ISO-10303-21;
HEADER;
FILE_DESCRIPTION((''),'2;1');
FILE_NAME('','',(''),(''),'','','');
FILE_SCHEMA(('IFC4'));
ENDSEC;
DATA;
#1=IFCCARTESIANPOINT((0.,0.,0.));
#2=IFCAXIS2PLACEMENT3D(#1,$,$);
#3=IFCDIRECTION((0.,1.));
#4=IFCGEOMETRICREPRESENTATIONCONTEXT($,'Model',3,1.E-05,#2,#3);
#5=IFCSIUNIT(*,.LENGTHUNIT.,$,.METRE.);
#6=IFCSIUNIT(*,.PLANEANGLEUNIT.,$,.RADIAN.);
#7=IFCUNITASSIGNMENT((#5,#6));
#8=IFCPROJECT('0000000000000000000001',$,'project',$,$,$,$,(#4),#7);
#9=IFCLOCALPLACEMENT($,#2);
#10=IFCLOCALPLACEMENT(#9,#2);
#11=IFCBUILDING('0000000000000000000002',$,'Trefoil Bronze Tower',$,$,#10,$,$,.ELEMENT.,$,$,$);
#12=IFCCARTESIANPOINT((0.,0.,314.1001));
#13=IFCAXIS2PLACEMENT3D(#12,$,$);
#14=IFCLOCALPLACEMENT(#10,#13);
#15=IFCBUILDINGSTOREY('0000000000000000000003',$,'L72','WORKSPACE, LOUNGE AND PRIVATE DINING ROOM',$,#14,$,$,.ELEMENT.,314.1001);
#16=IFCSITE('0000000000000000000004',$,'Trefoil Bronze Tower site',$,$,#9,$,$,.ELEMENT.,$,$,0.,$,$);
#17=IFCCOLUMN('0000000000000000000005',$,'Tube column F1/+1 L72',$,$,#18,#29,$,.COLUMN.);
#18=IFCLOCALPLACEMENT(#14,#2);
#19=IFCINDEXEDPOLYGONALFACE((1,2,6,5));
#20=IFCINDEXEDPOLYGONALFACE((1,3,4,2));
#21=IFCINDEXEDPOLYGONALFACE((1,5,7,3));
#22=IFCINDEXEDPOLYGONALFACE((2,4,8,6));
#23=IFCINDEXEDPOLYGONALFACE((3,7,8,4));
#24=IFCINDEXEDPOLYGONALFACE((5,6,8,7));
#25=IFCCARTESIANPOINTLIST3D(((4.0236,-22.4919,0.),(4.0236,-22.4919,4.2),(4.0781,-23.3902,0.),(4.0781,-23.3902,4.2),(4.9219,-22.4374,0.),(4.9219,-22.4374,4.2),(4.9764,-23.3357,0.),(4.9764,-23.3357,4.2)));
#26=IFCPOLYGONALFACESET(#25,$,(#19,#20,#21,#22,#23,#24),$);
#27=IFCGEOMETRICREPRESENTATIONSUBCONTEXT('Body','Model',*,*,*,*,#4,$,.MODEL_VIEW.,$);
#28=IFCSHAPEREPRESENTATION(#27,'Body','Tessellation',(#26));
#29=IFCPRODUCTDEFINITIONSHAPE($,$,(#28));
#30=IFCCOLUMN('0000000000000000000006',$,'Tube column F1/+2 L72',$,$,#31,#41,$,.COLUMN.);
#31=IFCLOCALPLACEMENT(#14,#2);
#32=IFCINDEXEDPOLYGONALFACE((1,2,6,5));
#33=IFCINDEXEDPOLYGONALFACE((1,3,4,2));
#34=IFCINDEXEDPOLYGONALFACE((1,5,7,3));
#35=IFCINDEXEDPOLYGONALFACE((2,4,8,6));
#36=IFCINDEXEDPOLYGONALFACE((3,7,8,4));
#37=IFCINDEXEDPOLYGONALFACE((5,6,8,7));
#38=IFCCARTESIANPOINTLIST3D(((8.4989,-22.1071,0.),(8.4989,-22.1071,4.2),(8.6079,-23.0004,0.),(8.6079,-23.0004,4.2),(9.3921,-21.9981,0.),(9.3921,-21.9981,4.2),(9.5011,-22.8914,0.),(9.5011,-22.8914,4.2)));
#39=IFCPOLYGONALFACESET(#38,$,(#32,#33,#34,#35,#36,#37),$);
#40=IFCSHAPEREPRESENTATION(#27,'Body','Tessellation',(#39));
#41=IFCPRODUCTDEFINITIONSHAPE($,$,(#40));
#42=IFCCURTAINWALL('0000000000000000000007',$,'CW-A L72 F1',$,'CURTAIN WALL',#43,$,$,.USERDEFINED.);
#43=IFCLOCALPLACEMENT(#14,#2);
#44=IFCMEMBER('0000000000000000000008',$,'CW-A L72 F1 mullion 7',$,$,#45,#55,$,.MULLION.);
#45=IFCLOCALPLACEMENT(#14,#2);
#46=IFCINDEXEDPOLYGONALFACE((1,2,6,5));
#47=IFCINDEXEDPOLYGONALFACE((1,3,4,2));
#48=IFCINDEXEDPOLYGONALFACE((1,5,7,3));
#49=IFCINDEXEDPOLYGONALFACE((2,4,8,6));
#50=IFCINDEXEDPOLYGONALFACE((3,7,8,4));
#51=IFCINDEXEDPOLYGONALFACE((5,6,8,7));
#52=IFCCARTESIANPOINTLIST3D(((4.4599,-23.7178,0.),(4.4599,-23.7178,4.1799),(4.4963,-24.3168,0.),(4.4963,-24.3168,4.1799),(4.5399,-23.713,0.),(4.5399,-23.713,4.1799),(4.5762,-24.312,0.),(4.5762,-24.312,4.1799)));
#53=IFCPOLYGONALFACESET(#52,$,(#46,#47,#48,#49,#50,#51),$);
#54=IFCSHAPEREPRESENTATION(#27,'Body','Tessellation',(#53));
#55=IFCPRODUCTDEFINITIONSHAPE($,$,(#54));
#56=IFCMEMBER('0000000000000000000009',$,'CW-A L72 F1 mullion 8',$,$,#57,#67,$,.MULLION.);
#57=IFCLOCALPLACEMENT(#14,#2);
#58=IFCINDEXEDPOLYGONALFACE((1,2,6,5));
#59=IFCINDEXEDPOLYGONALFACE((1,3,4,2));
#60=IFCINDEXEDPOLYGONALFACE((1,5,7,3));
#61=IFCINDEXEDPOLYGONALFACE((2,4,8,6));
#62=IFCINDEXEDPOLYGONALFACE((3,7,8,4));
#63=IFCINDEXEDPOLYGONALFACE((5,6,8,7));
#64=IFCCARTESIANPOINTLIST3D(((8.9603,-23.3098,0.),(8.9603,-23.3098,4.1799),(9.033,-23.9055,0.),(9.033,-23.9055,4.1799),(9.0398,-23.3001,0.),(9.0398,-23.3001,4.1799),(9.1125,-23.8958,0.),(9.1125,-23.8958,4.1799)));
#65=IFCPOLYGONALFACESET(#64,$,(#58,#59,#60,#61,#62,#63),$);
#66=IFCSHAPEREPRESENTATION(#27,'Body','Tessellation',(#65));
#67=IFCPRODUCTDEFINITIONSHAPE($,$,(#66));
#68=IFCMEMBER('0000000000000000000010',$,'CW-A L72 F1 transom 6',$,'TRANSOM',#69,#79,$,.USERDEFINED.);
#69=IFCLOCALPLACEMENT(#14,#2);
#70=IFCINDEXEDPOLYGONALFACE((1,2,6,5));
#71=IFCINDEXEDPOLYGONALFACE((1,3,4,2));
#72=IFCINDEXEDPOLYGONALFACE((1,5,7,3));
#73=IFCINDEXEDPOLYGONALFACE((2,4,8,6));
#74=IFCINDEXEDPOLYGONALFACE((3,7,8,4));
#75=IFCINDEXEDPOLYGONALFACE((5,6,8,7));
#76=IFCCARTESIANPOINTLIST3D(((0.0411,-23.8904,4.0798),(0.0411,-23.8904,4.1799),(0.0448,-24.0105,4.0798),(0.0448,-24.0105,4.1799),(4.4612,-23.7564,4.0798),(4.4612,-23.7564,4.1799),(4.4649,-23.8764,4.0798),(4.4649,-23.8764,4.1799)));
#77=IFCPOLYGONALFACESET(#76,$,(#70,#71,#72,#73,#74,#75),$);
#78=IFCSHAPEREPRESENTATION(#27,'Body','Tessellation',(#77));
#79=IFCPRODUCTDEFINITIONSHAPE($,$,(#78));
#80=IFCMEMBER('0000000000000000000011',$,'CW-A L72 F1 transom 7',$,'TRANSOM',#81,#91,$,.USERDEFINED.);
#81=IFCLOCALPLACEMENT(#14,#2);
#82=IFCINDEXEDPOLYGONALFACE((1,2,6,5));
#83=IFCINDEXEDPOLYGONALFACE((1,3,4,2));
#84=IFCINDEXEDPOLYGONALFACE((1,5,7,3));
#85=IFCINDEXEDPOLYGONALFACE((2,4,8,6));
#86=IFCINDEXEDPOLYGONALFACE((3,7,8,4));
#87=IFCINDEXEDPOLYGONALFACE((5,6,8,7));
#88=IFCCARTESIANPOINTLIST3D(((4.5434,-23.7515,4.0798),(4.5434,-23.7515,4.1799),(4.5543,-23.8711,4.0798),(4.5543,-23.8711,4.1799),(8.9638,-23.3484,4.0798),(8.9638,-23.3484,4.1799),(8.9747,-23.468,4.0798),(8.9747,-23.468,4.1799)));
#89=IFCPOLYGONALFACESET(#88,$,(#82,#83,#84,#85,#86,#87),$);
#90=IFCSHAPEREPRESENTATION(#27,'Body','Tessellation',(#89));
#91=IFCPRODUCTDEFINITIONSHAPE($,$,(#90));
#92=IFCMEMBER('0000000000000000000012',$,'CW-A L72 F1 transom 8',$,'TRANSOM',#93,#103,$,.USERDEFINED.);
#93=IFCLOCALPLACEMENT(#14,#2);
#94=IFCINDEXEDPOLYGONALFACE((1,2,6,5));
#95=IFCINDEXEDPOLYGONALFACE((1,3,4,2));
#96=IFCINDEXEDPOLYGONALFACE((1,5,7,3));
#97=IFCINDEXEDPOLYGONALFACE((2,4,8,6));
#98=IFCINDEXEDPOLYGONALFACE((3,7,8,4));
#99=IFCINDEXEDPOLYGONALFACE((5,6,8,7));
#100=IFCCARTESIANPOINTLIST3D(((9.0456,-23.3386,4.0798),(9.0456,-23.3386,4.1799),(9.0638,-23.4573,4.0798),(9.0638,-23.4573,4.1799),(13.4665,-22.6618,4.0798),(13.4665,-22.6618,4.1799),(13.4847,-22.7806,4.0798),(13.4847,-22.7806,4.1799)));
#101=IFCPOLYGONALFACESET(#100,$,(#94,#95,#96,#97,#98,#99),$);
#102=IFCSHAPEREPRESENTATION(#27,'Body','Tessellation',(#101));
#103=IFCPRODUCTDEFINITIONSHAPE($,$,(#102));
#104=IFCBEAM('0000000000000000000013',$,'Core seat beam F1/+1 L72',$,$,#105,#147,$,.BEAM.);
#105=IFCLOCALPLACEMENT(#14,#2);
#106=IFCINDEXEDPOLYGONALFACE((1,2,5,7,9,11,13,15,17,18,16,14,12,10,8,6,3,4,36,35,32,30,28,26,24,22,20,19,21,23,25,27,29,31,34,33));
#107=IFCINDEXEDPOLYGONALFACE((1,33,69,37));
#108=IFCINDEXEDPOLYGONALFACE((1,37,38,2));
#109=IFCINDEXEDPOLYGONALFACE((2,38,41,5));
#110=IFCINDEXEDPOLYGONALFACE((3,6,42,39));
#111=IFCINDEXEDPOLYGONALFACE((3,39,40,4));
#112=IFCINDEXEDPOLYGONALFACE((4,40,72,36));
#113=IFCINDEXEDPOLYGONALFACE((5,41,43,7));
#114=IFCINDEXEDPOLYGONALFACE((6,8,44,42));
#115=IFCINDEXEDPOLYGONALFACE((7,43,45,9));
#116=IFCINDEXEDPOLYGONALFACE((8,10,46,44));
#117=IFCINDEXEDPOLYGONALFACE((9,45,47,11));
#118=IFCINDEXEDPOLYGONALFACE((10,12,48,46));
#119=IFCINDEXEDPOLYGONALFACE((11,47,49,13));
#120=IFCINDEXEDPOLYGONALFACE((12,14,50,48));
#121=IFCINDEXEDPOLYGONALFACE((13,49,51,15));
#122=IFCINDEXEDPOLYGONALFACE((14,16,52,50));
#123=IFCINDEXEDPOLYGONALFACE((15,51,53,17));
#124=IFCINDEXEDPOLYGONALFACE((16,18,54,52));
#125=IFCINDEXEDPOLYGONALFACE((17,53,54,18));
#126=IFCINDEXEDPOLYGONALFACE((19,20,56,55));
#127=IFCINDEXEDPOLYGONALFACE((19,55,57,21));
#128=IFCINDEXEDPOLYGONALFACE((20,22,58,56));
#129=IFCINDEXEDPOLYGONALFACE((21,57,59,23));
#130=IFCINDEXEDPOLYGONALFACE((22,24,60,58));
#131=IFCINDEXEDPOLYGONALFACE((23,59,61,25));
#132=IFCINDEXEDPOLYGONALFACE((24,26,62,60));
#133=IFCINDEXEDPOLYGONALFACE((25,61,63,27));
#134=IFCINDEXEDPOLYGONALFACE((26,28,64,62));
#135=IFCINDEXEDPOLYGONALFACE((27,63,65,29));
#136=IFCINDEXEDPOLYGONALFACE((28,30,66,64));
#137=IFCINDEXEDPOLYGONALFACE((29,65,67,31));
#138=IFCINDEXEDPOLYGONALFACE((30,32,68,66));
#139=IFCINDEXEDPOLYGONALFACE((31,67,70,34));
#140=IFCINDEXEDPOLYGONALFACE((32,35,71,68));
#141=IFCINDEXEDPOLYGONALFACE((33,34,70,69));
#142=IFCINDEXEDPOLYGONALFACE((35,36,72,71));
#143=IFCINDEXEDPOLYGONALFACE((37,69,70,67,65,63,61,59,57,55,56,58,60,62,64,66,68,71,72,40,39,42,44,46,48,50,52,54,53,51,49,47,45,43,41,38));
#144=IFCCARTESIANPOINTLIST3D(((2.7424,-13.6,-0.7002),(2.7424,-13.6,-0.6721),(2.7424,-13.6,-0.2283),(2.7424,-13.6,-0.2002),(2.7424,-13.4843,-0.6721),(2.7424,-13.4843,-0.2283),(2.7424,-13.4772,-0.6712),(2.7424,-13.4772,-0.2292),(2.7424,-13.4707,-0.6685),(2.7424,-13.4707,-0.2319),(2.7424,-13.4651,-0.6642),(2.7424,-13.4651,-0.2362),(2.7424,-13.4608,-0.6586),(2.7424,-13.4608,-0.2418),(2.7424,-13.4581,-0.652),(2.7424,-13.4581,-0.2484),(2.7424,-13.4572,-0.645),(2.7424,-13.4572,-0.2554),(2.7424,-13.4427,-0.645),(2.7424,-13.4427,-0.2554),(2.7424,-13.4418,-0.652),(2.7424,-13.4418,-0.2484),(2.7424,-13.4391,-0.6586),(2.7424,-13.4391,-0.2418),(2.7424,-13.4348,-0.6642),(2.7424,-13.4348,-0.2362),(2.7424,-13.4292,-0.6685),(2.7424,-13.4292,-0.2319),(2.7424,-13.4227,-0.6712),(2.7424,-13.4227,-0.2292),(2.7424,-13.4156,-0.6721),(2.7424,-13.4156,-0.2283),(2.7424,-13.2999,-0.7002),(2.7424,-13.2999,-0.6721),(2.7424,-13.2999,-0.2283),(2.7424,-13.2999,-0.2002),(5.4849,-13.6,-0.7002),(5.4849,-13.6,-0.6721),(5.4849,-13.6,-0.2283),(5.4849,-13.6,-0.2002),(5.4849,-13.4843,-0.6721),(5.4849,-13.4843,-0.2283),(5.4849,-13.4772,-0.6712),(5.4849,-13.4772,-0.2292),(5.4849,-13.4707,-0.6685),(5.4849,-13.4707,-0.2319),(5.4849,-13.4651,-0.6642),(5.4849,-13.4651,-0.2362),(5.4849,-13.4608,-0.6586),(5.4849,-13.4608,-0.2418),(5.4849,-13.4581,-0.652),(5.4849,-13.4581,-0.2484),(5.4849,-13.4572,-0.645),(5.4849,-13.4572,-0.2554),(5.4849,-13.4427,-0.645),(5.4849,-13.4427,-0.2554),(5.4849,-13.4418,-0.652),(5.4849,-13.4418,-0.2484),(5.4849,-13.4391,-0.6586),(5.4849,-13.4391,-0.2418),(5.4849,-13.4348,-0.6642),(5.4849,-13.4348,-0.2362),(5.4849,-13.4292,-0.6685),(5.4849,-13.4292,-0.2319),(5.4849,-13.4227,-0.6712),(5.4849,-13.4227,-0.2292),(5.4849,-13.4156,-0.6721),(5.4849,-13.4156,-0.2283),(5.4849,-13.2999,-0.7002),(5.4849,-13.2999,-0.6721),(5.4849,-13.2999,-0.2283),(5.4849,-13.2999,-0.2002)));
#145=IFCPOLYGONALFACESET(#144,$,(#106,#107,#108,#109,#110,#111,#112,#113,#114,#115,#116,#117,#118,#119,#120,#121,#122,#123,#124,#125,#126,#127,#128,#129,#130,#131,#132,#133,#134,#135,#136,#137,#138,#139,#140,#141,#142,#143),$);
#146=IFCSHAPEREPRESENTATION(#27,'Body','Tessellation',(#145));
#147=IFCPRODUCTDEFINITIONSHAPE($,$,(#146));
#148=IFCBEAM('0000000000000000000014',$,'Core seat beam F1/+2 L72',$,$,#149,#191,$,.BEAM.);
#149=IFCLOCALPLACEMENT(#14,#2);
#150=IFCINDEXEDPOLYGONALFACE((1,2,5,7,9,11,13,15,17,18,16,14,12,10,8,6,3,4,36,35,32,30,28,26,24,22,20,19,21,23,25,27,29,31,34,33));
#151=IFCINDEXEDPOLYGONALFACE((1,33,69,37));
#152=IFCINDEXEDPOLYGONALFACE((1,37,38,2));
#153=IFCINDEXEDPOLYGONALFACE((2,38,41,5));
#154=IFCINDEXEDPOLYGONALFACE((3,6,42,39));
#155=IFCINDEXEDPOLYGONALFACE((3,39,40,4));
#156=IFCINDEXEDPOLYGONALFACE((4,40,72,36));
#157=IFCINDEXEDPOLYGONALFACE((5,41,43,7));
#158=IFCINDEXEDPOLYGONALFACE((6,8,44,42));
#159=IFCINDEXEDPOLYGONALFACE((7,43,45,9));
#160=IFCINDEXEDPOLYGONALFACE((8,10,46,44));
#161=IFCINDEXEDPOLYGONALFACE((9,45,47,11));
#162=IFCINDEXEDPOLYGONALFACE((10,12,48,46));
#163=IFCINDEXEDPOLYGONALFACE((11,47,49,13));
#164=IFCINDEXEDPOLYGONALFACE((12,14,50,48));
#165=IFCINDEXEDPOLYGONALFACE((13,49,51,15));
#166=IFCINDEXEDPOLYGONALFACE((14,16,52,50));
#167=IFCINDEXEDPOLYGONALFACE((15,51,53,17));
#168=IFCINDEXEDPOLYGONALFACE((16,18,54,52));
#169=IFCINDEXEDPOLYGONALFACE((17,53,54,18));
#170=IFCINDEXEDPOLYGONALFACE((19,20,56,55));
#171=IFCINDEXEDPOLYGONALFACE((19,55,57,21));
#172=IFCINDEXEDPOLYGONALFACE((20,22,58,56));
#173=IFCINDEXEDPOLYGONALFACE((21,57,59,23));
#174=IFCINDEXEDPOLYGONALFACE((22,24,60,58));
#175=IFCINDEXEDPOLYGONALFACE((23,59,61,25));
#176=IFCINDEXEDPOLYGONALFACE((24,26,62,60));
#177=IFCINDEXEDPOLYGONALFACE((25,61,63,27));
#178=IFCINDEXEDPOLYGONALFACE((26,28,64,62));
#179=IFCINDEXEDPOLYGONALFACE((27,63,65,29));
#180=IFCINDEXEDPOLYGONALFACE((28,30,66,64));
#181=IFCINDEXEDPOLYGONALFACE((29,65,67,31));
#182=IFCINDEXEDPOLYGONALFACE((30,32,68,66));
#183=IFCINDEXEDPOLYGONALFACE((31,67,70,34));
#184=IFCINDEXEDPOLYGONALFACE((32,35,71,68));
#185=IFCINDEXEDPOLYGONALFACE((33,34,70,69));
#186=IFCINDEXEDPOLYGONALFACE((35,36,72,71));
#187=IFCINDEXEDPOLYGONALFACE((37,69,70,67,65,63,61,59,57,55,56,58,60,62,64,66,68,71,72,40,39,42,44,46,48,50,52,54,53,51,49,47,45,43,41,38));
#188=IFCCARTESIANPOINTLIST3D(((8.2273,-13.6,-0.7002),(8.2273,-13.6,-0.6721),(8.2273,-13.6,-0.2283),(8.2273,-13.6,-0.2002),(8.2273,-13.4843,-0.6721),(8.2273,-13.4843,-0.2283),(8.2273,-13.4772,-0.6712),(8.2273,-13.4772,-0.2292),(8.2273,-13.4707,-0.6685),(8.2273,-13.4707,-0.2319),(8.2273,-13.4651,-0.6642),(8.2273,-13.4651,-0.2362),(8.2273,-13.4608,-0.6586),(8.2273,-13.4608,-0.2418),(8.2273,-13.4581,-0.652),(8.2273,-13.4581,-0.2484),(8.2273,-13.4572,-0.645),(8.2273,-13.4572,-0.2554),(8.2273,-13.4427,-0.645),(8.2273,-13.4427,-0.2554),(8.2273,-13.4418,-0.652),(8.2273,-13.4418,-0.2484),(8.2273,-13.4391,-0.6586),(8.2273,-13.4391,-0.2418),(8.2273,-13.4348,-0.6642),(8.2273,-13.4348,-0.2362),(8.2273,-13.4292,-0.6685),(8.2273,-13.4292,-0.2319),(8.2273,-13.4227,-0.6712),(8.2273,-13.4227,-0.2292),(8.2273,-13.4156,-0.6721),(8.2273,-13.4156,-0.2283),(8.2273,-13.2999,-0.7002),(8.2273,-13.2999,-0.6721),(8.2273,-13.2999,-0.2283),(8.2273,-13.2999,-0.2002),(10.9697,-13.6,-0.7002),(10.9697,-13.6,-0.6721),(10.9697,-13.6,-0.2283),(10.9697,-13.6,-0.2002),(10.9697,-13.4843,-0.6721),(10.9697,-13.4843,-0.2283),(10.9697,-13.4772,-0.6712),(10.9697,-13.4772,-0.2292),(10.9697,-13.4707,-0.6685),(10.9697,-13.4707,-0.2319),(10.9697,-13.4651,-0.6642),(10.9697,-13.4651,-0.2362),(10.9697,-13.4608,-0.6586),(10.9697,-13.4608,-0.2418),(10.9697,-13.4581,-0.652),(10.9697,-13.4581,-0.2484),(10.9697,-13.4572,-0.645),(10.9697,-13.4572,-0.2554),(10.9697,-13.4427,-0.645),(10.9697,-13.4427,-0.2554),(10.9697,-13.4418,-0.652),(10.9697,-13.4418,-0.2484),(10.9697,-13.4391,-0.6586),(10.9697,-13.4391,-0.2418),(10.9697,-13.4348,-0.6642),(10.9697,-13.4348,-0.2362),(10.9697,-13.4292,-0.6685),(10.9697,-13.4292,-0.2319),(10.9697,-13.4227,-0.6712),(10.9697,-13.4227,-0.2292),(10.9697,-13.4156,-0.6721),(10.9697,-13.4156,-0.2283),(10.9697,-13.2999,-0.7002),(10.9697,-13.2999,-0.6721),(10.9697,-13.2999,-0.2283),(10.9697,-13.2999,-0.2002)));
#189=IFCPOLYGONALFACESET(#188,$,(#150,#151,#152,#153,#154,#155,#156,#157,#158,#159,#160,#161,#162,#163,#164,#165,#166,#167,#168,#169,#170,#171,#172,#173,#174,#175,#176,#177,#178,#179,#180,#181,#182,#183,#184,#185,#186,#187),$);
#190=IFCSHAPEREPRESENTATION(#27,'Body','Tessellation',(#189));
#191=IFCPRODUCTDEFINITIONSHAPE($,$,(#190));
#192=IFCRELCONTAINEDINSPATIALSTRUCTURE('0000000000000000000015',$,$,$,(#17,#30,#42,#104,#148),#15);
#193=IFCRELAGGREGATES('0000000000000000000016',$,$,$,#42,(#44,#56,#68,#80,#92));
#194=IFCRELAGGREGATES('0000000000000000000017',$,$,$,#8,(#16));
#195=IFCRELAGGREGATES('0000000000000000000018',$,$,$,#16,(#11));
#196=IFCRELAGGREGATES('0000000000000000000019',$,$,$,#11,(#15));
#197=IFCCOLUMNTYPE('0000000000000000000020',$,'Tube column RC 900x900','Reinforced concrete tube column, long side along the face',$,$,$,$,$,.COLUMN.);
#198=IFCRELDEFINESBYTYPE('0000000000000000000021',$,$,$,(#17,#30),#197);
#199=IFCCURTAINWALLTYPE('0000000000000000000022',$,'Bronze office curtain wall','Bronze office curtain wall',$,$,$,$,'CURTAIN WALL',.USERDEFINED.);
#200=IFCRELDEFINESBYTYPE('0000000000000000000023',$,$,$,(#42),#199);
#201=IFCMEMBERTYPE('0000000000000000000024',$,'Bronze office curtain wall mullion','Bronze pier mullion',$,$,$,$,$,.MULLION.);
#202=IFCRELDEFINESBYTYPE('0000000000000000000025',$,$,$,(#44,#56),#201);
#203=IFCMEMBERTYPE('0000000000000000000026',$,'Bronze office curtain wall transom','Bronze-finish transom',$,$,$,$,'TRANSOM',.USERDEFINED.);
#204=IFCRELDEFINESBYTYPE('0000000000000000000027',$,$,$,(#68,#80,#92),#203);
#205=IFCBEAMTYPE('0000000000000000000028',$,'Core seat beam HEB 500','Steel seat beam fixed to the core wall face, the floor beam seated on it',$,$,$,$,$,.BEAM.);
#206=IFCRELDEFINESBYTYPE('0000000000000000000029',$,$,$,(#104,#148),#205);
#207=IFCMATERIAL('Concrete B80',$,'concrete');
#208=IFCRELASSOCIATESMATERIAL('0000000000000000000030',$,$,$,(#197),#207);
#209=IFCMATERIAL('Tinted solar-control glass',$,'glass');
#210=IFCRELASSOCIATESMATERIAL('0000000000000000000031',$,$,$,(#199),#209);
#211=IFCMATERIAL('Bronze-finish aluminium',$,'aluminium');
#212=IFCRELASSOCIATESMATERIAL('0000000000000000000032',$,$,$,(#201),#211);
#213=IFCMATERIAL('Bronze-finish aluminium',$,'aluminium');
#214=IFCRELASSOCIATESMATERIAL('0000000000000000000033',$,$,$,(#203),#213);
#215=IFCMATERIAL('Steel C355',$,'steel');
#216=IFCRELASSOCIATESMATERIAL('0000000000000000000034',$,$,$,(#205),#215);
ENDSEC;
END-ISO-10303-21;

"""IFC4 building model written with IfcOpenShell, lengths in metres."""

from ifc_helpers import new_model, si_unit, direction, frame, origin, origin_2d, place, context, subcontext, project, spatial, rectangle, i_section, extrude, material, material_profile, profile_set, type_object, element, aggregate, save


model = new_model("IFC4")

# Units and contexts
model_context = context("Model", 3, precision=1e-05, world=origin(), true_north=direction((0.0, 1.0)))
body_context = subcontext(model_context, "Body", "Model", "MODEL_VIEW")
ifc_project = project(units=[si_unit("LENGTHUNIT", "METRE"), si_unit("PLANEANGLEUNIT", "RADIAN")], contexts=[model_context])

# Site, building, storey
site_placement = place(None, origin())
site = spatial("IfcSite", under=ifc_project, at=site_placement, Name="Trefoil Bronze Tower site", CompositionType="ELEMENT", RefElevation=0.0)
building_placement = place(site_placement, origin())
building = spatial("IfcBuilding", under=site, at=building_placement, Name="Trefoil Bronze Tower", CompositionType="ELEMENT")
storey_placement = place(building_placement, frame((0.0, 0.0, 314.1001)))
storey = spatial("IfcBuildingStorey", under=building, at=storey_placement, Name="L72", Description="WORKSPACE, LOUNGE AND PRIVATE DINING ROOM", CompositionType="ELEMENT", Elevation=314.1001)

# Columns
ifc_material_1 = material(Name="Concrete B80", Category="concrete")
ifc_material_profile_1 = material_profile(ifc_material_1, rectangle(XDim=0.8999, YDim=0.8999, at=origin_2d()), Name="RC 900x900")
ifc_profile_set_1 = profile_set([ifc_material_profile_1], Name="Concrete B80")
column_type = type_object("IfcColumnType", Name="Tube column RC 900x900", Description="Reinforced concrete tube column, long side along the face", PredefinedType="COLUMN", material=ifc_profile_set_1)
for number, where, z_axis, x_axis, name in (
    (1, (4.5, -22.9138, 0.0), (0.0, 0.0, 1.0), (0.998165, 0.060554, 0.0), "Tube column F1/+1 L72"),
    (2, (9.0, -22.4993, 0.0), (0.0, 0.0, 1.0), (0.992639, 0.121109, 0.0), "Tube column F1/+2 L72"),
):
    element("IfcColumn", number, at=place(storey_placement, frame(where, z_axis=z_axis, x_axis=x_axis)), inside=storey, type_object=column_type, Name=name, PredefinedType="COLUMN", context=body_context, shape_type="SweptSolid", body=[
        extrude(rectangle(XDim=0.8999, YDim=0.8999, at=origin_2d()), origin(), (0.0, 0.0, 1.0), 4.2),
    ])

# Curtain wall, members
ifc_material_2 = material(Name="Tinted solar-control glass", Category="glass")
curtain_wall_type = type_object("IfcCurtainWallType", Name="Bronze office curtain wall", Description="Bronze office curtain wall", ElementType="CURTAIN WALL", PredefinedType="USERDEFINED", material=ifc_material_2)
curtain_wall_placement = place(storey_placement, origin())
curtain_wall = element("IfcCurtainWall", 3, at=curtain_wall_placement, inside=storey, type_object=curtain_wall_type, Name="CW-A L72 F1", ObjectType="CURTAIN WALL", PredefinedType="USERDEFINED")
ifc_material_3 = material(Name="Bronze-finish aluminium", Category="aluminium")
ifc_material_profile_2 = material_profile(ifc_material_3, rectangle(XDim=0.6001, YDim=0.0801, at=origin_2d()), Name="CW-A mullion")
ifc_profile_set_2 = profile_set([ifc_material_profile_2], Name="Bronze-finish aluminium")
member_type_1 = type_object("IfcMemberType", Name="Bronze office curtain wall mullion", Description="Bronze pier mullion", PredefinedType="MULLION", material=ifc_profile_set_2)
member_1_placement = place(storey_placement, frame((4.5181, -24.0149, 0.0), z_axis=(0.0, 0.0, 1.0), x_axis=(-0.060554, 0.998165, 0.0)))
member_1 = element("IfcMember", 4, at=member_1_placement, type_object=member_type_1, Name="CW-A L72 F1 mullion 7", PredefinedType="MULLION", context=body_context, shape_type="SweptSolid", body=[
    extrude(rectangle(XDim=0.6001, YDim=0.0801, at=origin_2d()), origin(), (0.0, 0.0, 1.0), 4.1799),
])
member_2_placement = place(storey_placement, frame((9.0364, -23.6028, 0.0), z_axis=(0.0, 0.0, 1.0), x_axis=(-0.121109, 0.992639, 0.0)))
member_2 = element("IfcMember", 5, at=member_2_placement, type_object=member_type_1, Name="CW-A L72 F1 mullion 8", PredefinedType="MULLION", context=body_context, shape_type="SweptSolid", body=[
    extrude(rectangle(XDim=0.6001, YDim=0.0801, at=origin_2d()), origin(), (0.0, 0.0, 1.0), 4.1799),
])
ifc_material_4 = material(Name="Bronze-finish aluminium", Category="aluminium")
ifc_material_profile_3 = material_profile(ifc_material_4, rectangle(XDim=0.1201, YDim=0.1001, at=origin_2d()), Name="CW-A transom")
ifc_profile_set_3 = profile_set([ifc_material_profile_3], Name="Bronze-finish aluminium")
member_type_2 = type_object("IfcMemberType", Name="Bronze office curtain wall transom", Description="Bronze-finish transom", ElementType="TRANSOM", PredefinedType="USERDEFINED", material=ifc_profile_set_3)
member_3_placement = place(storey_placement, frame((0.043, -23.9504, 4.1299), z_axis=(0.999541, 0.030309, 0.0), x_axis=(-0.030309, 0.999541, 0.0)))
member_3 = element("IfcMember", 6, at=member_3_placement, type_object=member_type_2, Name="CW-A L72 F1 transom 6", ObjectType="TRANSOM", PredefinedType="USERDEFINED", context=body_context, shape_type="SweptSolid", body=[
    extrude(rectangle(XDim=0.1201, YDim=0.1001, at=origin_2d()), origin(), (0.0, 0.0, 1.0), 4.4221),
])
member_4_placement = place(storey_placement, frame((4.5488, -23.8113, 4.1299), z_axis=(0.995868, 0.090808, 0.0), x_axis=(-0.090808, 0.995868, 0.0)))
member_4 = element("IfcMember", 7, at=member_4_placement, type_object=member_type_2, Name="CW-A L72 F1 transom 7", ObjectType="TRANSOM", PredefinedType="USERDEFINED", context=body_context, shape_type="SweptSolid", body=[
    extrude(rectangle(XDim=0.1201, YDim=0.1001, at=origin_2d()), origin(), (0.0, 0.0, 1.0), 4.4387),
])
member_5_placement = place(storey_placement, frame((9.0547, -23.3979, 4.1299), z_axis=(0.988485, 0.151319, 0.0), x_axis=(-0.151319, 0.988485, 0.0)))
member_5 = element("IfcMember", 8, at=member_5_placement, type_object=member_type_2, Name="CW-A L72 F1 transom 8", ObjectType="TRANSOM", PredefinedType="USERDEFINED", context=body_context, shape_type="SweptSolid", body=[
    extrude(rectangle(XDim=0.1201, YDim=0.1001, at=origin_2d()), origin(), (0.0, 0.0, 1.0), 4.4724),
])

# Beams
ifc_material_5 = material(Name="Steel C355", Category="steel")
ifc_material_profile_4 = material_profile(ifc_material_5, i_section(OverallWidth=0.3, OverallDepth=0.5, WebThickness=0.0144, FlangeThickness=0.0281, FilletRadius=0.0271, at=origin_2d()), Name="HEB 500")
ifc_profile_set_4 = profile_set([ifc_material_profile_4], Name="Steel C355")
beam_type_1 = type_object("IfcBeamType", Name="Core seat beam HEB 500", Description="Steel seat beam fixed to the core wall face, the floor beam seated on it", PredefinedType="BEAM", material=ifc_profile_set_4)
for number, where, z_axis, x_axis, name in (
    (9, (2.7424, -13.45, -0.4502), (1.0, 0.0, 0.0), (0.0, 1.0, 0.0), "Core seat beam F1/+1 L72"),
    (10, (8.2273, -13.45, -0.4502), (1.0, 0.0, 0.0), (0.0, 1.0, 0.0), "Core seat beam F1/+2 L72"),
):
    element("IfcBeam", number, at=place(storey_placement, frame(where, z_axis=z_axis, x_axis=x_axis)), inside=storey, type_object=beam_type_1, Name=name, PredefinedType="BEAM", context=body_context, shape_type="SweptSolid", body=[
        extrude(i_section(OverallWidth=0.3, OverallDepth=0.5, WebThickness=0.0144, FlangeThickness=0.0281, FilletRadius=0.0271, at=origin_2d()), origin(), (0.0, 0.0, 1.0), 2.7424),
    ])

aggregate(curtain_wall, [member_1, member_2, member_3, member_4, member_5])

save(model, "model.ifc")
